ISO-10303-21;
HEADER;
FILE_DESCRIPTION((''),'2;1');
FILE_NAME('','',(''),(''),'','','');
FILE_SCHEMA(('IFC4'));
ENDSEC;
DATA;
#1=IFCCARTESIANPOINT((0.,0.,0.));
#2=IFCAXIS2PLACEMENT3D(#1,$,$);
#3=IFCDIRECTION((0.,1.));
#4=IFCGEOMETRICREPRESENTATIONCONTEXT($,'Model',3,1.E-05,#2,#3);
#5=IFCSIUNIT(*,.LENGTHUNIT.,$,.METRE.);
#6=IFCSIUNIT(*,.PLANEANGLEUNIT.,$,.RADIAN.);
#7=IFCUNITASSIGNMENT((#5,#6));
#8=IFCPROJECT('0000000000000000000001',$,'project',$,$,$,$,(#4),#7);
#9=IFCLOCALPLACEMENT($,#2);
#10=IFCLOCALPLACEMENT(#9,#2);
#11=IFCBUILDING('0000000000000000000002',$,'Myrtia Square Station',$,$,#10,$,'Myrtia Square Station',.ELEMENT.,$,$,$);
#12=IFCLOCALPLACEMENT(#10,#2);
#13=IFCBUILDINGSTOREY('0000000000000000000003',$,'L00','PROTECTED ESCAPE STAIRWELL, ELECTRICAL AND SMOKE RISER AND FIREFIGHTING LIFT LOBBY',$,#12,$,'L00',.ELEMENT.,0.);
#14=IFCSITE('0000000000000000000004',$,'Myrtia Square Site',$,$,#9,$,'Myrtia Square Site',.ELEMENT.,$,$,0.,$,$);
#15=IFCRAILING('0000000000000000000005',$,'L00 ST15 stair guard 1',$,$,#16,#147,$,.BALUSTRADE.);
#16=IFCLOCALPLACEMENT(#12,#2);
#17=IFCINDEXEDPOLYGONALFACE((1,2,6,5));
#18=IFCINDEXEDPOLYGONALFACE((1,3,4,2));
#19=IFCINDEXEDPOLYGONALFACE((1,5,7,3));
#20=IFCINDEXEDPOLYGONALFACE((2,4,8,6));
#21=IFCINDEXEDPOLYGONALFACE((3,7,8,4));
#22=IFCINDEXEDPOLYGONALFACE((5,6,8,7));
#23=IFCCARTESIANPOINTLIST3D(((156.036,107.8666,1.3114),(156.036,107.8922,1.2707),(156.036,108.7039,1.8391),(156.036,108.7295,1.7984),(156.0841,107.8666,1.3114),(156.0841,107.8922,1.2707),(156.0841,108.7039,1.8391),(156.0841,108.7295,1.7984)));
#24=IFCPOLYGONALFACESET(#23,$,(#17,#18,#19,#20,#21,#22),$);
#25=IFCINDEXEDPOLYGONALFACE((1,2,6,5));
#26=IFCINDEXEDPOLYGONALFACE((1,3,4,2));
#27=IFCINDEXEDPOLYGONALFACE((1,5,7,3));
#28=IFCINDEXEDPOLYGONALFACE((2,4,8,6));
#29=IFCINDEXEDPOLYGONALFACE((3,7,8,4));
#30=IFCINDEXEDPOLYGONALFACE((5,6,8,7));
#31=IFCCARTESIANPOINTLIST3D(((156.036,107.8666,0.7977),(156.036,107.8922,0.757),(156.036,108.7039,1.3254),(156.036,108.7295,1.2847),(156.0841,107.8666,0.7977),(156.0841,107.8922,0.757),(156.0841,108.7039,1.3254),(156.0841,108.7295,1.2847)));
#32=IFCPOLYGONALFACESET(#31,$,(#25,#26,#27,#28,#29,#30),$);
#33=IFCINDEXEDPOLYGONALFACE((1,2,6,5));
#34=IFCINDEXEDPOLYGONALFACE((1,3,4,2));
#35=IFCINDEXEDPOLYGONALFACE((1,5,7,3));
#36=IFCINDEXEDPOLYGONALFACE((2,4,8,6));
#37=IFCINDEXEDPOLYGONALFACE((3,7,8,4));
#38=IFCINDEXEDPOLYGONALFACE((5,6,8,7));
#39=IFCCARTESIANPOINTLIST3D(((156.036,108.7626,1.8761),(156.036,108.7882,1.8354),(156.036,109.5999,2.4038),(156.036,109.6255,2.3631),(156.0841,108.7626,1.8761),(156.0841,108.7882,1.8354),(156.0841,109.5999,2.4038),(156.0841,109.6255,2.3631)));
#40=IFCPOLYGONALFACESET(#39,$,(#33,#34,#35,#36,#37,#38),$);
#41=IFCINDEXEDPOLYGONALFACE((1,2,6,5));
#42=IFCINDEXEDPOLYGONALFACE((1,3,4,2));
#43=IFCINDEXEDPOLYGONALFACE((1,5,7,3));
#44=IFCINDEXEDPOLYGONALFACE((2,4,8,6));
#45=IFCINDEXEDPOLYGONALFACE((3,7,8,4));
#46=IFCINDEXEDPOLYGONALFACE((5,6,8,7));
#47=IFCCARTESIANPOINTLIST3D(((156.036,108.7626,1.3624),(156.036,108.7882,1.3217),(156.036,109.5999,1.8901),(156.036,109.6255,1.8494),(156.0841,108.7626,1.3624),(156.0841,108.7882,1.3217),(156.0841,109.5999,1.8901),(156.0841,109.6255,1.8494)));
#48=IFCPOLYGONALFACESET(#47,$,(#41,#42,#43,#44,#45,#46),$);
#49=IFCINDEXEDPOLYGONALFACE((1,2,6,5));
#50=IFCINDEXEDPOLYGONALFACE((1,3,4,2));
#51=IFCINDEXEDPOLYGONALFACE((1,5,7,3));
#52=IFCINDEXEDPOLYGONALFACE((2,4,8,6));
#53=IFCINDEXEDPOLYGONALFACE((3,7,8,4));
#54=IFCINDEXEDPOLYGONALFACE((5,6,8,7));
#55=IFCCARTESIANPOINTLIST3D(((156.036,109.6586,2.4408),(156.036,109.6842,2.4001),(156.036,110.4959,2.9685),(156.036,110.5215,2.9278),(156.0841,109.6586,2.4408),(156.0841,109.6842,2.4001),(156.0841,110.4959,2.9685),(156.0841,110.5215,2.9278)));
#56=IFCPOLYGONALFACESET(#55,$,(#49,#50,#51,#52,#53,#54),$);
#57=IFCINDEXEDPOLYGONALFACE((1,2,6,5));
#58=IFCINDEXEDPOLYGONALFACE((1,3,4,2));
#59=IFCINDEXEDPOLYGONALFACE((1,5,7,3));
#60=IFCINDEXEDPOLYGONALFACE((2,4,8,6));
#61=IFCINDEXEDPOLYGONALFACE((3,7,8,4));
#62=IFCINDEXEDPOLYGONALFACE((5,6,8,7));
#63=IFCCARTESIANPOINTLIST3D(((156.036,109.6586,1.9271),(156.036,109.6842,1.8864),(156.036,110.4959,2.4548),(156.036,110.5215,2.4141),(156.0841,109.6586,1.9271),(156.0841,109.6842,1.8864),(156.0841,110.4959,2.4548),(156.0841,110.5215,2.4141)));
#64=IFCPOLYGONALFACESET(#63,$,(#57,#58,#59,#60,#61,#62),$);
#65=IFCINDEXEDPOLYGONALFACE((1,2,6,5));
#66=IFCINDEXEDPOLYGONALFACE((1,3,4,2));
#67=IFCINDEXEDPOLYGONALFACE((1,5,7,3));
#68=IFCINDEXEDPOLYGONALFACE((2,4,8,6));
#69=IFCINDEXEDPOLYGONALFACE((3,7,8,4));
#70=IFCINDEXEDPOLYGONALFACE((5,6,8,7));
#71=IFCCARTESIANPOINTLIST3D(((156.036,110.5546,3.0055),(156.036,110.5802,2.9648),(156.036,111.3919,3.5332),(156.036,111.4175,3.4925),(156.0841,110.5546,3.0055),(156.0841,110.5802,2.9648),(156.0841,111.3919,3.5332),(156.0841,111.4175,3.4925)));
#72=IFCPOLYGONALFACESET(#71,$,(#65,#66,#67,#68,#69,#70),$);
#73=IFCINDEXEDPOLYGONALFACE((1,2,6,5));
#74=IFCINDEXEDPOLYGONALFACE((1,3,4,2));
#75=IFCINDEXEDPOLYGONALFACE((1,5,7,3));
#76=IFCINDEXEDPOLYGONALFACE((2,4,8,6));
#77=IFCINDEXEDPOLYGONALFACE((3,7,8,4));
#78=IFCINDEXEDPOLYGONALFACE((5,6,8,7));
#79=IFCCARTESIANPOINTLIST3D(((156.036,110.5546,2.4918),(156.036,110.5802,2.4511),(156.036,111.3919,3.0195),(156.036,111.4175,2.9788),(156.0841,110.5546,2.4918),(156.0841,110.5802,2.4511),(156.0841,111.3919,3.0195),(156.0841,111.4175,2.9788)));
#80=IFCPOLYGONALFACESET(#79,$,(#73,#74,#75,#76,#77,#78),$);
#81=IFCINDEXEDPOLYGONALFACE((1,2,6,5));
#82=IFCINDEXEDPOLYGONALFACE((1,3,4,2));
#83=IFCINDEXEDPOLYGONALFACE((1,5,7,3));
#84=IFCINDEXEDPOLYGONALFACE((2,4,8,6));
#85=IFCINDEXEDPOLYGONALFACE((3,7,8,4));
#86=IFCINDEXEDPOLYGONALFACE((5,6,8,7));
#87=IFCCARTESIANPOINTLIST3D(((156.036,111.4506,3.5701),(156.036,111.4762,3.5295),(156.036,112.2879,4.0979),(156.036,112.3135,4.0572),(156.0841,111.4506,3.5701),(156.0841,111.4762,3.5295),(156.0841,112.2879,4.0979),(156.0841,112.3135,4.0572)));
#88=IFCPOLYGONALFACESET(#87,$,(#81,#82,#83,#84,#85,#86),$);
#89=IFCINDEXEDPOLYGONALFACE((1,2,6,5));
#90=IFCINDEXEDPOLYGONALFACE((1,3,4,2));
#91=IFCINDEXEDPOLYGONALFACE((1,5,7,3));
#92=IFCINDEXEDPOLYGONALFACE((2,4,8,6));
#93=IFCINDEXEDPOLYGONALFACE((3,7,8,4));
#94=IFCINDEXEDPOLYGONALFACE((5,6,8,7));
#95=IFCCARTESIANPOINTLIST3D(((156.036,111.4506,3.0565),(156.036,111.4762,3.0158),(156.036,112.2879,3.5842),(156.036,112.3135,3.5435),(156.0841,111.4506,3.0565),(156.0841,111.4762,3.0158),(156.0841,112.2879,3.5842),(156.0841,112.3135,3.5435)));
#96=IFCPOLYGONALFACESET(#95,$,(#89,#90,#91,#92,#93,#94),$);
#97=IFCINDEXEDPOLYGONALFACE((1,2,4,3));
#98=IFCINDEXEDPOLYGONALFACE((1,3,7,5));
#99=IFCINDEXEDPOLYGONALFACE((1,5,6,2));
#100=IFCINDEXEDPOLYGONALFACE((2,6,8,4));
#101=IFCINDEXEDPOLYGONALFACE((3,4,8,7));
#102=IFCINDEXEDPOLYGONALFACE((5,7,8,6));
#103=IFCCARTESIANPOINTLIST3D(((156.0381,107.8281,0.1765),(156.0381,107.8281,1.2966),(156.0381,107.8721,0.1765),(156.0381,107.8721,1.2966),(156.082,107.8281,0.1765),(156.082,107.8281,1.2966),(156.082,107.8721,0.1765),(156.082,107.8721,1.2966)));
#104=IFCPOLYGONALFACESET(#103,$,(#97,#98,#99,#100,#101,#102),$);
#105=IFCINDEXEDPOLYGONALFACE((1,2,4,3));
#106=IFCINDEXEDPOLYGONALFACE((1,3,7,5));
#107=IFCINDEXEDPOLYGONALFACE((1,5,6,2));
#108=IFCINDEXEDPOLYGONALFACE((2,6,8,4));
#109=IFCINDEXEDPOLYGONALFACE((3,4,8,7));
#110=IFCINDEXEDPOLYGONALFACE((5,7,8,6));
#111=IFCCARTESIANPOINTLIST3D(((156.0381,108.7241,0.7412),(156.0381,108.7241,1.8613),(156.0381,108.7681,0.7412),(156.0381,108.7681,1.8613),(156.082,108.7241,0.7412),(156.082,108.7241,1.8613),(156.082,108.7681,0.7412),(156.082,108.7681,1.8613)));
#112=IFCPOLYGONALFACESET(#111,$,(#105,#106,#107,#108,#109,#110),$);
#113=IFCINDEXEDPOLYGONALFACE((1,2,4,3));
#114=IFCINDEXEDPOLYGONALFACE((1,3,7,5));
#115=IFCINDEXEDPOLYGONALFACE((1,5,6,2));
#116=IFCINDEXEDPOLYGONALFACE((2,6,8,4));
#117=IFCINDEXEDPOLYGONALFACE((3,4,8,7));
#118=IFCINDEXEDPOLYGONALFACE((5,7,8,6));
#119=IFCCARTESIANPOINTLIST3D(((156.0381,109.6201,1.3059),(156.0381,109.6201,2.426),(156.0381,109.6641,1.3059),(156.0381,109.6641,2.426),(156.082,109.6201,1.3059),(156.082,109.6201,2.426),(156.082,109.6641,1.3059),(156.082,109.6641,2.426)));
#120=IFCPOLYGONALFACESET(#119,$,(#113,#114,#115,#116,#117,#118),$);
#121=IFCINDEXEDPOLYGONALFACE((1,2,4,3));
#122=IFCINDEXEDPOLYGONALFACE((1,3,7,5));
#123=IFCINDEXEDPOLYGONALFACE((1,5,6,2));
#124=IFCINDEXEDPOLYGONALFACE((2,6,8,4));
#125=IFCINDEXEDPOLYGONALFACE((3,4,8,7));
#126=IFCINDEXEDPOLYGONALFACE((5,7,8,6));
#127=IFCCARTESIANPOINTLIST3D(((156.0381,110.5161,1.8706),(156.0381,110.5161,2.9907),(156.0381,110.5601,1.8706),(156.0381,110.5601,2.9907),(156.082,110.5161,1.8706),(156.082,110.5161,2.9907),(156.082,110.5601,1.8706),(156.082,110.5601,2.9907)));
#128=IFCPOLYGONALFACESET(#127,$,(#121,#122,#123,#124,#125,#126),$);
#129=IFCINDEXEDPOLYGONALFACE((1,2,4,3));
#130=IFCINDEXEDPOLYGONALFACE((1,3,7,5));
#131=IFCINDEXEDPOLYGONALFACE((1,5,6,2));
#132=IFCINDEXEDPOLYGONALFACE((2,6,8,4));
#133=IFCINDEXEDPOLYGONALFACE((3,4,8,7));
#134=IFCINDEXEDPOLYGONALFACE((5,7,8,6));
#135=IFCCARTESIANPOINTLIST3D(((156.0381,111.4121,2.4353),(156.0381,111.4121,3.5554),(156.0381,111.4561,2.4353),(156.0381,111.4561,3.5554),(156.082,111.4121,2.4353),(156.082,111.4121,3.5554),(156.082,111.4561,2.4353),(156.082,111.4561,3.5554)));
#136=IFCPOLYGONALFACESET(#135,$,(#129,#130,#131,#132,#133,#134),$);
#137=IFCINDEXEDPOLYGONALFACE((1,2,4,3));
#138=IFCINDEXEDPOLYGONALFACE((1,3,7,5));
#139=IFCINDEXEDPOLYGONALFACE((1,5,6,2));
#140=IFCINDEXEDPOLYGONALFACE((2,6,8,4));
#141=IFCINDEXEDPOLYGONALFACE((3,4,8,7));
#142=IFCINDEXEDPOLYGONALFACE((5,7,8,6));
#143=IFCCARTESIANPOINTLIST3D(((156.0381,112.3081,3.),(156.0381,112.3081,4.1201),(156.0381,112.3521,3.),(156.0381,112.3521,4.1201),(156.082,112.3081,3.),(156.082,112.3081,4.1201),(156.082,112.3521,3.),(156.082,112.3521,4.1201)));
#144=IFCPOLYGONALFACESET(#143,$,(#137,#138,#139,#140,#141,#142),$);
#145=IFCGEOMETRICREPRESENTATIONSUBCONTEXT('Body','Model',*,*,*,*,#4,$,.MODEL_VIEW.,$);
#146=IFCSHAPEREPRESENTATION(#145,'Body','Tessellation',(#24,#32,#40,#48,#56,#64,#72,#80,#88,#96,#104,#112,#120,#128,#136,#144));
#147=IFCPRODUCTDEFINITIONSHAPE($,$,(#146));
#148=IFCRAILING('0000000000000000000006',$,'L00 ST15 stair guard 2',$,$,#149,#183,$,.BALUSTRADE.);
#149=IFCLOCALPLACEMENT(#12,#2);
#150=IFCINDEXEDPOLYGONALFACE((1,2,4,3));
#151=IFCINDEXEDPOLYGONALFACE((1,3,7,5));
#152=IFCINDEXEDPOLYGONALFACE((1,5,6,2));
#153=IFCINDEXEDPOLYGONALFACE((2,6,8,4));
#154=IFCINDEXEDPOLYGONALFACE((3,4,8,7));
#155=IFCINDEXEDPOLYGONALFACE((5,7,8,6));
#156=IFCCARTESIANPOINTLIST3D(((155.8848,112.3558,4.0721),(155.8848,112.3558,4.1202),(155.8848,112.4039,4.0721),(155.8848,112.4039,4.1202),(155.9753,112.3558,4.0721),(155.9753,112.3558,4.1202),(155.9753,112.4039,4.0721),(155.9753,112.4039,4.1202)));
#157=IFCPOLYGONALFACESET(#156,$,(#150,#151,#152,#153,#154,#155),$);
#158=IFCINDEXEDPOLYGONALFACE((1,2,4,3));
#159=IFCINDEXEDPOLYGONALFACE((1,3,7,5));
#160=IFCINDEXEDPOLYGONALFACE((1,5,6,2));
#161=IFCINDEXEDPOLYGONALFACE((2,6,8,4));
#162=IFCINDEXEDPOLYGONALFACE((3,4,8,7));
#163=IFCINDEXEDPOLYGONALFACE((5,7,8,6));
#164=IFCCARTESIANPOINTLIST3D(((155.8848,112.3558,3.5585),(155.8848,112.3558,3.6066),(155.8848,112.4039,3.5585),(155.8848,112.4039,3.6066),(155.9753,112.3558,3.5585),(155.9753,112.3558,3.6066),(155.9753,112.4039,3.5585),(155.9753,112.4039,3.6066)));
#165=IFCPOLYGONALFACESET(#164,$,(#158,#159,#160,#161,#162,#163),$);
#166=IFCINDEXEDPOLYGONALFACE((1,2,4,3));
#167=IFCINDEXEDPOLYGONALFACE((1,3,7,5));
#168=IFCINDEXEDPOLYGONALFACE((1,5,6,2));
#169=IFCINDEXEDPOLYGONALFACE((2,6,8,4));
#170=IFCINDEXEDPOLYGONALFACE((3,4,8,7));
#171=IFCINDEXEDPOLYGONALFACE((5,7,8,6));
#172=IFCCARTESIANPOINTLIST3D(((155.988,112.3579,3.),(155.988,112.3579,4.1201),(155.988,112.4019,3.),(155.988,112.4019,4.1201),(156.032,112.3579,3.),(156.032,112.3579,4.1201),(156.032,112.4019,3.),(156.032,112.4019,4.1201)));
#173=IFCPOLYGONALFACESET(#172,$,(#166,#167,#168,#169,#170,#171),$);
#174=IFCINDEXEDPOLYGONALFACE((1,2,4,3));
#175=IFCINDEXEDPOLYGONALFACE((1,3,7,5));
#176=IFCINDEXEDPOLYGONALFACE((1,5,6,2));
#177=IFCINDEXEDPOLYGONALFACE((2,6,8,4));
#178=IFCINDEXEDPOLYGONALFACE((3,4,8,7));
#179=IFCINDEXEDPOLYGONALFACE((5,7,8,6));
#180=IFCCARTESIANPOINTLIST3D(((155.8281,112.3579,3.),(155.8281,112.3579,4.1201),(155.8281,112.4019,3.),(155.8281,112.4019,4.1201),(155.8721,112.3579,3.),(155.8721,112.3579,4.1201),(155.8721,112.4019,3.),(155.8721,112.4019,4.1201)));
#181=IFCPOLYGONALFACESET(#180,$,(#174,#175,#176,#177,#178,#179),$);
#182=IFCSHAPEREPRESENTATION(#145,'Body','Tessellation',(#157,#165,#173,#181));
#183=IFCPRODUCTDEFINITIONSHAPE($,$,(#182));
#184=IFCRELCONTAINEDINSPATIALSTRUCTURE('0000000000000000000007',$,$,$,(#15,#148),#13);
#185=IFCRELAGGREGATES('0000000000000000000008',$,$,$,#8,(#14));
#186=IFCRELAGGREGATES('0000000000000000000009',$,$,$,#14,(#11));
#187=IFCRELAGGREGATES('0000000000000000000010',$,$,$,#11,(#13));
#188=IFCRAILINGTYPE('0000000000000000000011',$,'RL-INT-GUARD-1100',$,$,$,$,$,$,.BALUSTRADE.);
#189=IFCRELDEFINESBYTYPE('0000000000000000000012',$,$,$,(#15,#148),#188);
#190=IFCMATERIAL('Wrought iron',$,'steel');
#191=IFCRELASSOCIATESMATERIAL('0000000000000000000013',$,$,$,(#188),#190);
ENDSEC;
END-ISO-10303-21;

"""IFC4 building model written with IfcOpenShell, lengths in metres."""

from ifc_helpers import new_model, si_unit, direction, frame, origin, origin_2d, place, context, subcontext, project, spatial, rectangle, extrude, material, type_object, element, save


model = new_model("IFC4")

# Units and contexts
model_context = context("Model", 3, precision=1e-05, world=origin(), true_north=direction((0.0, 1.0)))
body_context = subcontext(model_context, "Body", "Model", "MODEL_VIEW")
ifc_project = project(units=[si_unit("LENGTHUNIT", "METRE"), si_unit("PLANEANGLEUNIT", "RADIAN")], contexts=[model_context])

# Site, building, storey
site_placement = place(None, origin())
site = spatial("IfcSite", under=ifc_project, at=site_placement, Name="Myrtia Square Site", LongName="Myrtia Square Site", CompositionType="ELEMENT", RefElevation=0.0)
building_placement = place(site_placement, origin())
building = spatial("IfcBuilding", under=site, at=building_placement, Name="Myrtia Square Station", LongName="Myrtia Square Station", CompositionType="ELEMENT")
storey_placement = place(building_placement, origin())
storey = spatial("IfcBuildingStorey", under=building, at=storey_placement, Name="L00", Description="PROTECTED ESCAPE STAIRWELL, ELECTRICAL AND SMOKE RISER AND FIREFIGHTING LIFT LOBBY", LongName="L00", CompositionType="ELEMENT", Elevation=0.0)

# Railings
ifc_material_1 = material(Name="Wrought iron", Category="steel")
railing_type_1 = type_object("IfcRailingType", Name="RL-INT-GUARD-1100", PredefinedType="BALUSTRADE", material=ifc_material_1)
railing_1_placement = place(storey_placement, frame((156.0601, 107.8501, 0.1765)))
element("IfcRailing", 1, at=railing_1_placement, inside=storey, type_object=railing_type_1, Name="L00 ST15 stair guard 1", PredefinedType="BALUSTRADE", context=body_context, shape_type="SweptSolid", body=[
    extrude(rectangle(XDim=0.0481, YDim=0.0481, at=origin_2d()), frame((0.0, 0.0293, 1.1145), z_axis=(0.0, 0.845998, 0.533186), x_axis=(-1.0, 0.0, 0.0)), (0.0, 0.0, 1.0), 0.9897),
    extrude(rectangle(XDim=0.0481, YDim=0.0481, at=origin_2d()), frame((0.0, 0.0293, 0.6008), z_axis=(0.0, 0.845998, 0.533186), x_axis=(-1.0, 0.0, 0.0)), (0.0, 0.0, 1.0), 0.9897),
    extrude(rectangle(XDim=0.0481, YDim=0.0481, at=origin_2d()), frame((0.0, 0.9253, 1.6792), z_axis=(0.0, 0.845998, 0.533186), x_axis=(-1.0, 0.0, 0.0)), (0.0, 0.0, 1.0), 0.9897),
    extrude(rectangle(XDim=0.0481, YDim=0.0481, at=origin_2d()), frame((0.0, 0.9253, 1.1655), z_axis=(0.0, 0.845998, 0.533186), x_axis=(-1.0, 0.0, 0.0)), (0.0, 0.0, 1.0), 0.9897),
    extrude(rectangle(XDim=0.0481, YDim=0.0481, at=origin_2d()), frame((0.0, 1.8213, 2.2439), z_axis=(0.0, 0.845998, 0.533186), x_axis=(-1.0, 0.0, 0.0)), (0.0, 0.0, 1.0), 0.9897),
    extrude(rectangle(XDim=0.0481, YDim=0.0481, at=origin_2d()), frame((0.0, 1.8213, 1.7302), z_axis=(0.0, 0.845998, 0.533186), x_axis=(-1.0, 0.0, 0.0)), (0.0, 0.0, 1.0), 0.9897),
    extrude(rectangle(XDim=0.0481, YDim=0.0481, at=origin_2d()), frame((0.0, 2.7173, 2.8086), z_axis=(0.0, 0.845998, 0.533186), x_axis=(-1.0, 0.0, 0.0)), (0.0, 0.0, 1.0), 0.9897),
    extrude(rectangle(XDim=0.0481, YDim=0.0481, at=origin_2d()), frame((0.0, 2.7173, 2.2949), z_axis=(0.0, 0.845998, 0.533186), x_axis=(-1.0, 0.0, 0.0)), (0.0, 0.0, 1.0), 0.9897),
    extrude(rectangle(XDim=0.0481, YDim=0.0481, at=origin_2d()), frame((0.0, 3.6133, 3.3733), z_axis=(0.0, 0.845998, 0.533186), x_axis=(-1.0, 0.0, 0.0)), (0.0, 0.0, 1.0), 0.9897),
    extrude(rectangle(XDim=0.0481, YDim=0.0481, at=origin_2d()), frame((0.0, 3.6133, 2.8596), z_axis=(0.0, 0.845998, 0.533186), x_axis=(-1.0, 0.0, 0.0)), (0.0, 0.0, 1.0), 0.9897),
    extrude(rectangle(XDim=0.0439, YDim=0.0439, at=origin_2d()), origin(), (0.0, 0.0, 1.0), 1.1201),
    extrude(rectangle(XDim=0.0439, YDim=0.0439, at=origin_2d()), frame((0.0, 0.896, 0.5647)), (0.0, 0.0, 1.0), 1.1201),
    extrude(rectangle(XDim=0.0439, YDim=0.0439, at=origin_2d()), frame((0.0, 1.792, 1.1294)), (0.0, 0.0, 1.0), 1.1201),
    extrude(rectangle(XDim=0.0439, YDim=0.0439, at=origin_2d()), frame((0.0, 2.688, 1.6941)), (0.0, 0.0, 1.0), 1.1201),
    extrude(rectangle(XDim=0.0439, YDim=0.0439, at=origin_2d()), frame((0.0, 3.584, 2.2588)), (0.0, 0.0, 1.0), 1.1201),
    extrude(rectangle(XDim=0.0439, YDim=0.0439, at=origin_2d()), frame((0.0, 4.48, 2.8235)), (0.0, 0.0, 1.0), 1.1201),
])
railing_2_placement = place(storey_placement, frame((156.01, 112.3799, 3.0)))
element("IfcRailing", 2, at=railing_2_placement, inside=storey, type_object=railing_type_1, Name="L00 ST15 stair guard 2", PredefinedType="BALUSTRADE", context=body_context, shape_type="SweptSolid", body=[
    extrude(rectangle(XDim=0.0481, YDim=0.0481, at=origin_2d()), frame((-0.0347, 0.0, 1.0962), z_axis=(-1.0, 0.0, 0.0), x_axis=(0.0, -1.0, 0.0)), (0.0, 0.0, 1.0), 0.0906),
    extrude(rectangle(XDim=0.0481, YDim=0.0481, at=origin_2d()), frame((-0.0347, 0.0, 0.5825), z_axis=(-1.0, 0.0, 0.0), x_axis=(0.0, -1.0, 0.0)), (0.0, 0.0, 1.0), 0.0906),
    extrude(rectangle(XDim=0.0439, YDim=0.0439, at=origin_2d()), origin(), (0.0, 0.0, 1.0), 1.1201),
    extrude(rectangle(XDim=0.0439, YDim=0.0439, at=origin_2d()), frame((-0.1599, 0.0, 0.0)), (0.0, 0.0, 1.0), 1.1201),
])

save(model, "model.ifc")
